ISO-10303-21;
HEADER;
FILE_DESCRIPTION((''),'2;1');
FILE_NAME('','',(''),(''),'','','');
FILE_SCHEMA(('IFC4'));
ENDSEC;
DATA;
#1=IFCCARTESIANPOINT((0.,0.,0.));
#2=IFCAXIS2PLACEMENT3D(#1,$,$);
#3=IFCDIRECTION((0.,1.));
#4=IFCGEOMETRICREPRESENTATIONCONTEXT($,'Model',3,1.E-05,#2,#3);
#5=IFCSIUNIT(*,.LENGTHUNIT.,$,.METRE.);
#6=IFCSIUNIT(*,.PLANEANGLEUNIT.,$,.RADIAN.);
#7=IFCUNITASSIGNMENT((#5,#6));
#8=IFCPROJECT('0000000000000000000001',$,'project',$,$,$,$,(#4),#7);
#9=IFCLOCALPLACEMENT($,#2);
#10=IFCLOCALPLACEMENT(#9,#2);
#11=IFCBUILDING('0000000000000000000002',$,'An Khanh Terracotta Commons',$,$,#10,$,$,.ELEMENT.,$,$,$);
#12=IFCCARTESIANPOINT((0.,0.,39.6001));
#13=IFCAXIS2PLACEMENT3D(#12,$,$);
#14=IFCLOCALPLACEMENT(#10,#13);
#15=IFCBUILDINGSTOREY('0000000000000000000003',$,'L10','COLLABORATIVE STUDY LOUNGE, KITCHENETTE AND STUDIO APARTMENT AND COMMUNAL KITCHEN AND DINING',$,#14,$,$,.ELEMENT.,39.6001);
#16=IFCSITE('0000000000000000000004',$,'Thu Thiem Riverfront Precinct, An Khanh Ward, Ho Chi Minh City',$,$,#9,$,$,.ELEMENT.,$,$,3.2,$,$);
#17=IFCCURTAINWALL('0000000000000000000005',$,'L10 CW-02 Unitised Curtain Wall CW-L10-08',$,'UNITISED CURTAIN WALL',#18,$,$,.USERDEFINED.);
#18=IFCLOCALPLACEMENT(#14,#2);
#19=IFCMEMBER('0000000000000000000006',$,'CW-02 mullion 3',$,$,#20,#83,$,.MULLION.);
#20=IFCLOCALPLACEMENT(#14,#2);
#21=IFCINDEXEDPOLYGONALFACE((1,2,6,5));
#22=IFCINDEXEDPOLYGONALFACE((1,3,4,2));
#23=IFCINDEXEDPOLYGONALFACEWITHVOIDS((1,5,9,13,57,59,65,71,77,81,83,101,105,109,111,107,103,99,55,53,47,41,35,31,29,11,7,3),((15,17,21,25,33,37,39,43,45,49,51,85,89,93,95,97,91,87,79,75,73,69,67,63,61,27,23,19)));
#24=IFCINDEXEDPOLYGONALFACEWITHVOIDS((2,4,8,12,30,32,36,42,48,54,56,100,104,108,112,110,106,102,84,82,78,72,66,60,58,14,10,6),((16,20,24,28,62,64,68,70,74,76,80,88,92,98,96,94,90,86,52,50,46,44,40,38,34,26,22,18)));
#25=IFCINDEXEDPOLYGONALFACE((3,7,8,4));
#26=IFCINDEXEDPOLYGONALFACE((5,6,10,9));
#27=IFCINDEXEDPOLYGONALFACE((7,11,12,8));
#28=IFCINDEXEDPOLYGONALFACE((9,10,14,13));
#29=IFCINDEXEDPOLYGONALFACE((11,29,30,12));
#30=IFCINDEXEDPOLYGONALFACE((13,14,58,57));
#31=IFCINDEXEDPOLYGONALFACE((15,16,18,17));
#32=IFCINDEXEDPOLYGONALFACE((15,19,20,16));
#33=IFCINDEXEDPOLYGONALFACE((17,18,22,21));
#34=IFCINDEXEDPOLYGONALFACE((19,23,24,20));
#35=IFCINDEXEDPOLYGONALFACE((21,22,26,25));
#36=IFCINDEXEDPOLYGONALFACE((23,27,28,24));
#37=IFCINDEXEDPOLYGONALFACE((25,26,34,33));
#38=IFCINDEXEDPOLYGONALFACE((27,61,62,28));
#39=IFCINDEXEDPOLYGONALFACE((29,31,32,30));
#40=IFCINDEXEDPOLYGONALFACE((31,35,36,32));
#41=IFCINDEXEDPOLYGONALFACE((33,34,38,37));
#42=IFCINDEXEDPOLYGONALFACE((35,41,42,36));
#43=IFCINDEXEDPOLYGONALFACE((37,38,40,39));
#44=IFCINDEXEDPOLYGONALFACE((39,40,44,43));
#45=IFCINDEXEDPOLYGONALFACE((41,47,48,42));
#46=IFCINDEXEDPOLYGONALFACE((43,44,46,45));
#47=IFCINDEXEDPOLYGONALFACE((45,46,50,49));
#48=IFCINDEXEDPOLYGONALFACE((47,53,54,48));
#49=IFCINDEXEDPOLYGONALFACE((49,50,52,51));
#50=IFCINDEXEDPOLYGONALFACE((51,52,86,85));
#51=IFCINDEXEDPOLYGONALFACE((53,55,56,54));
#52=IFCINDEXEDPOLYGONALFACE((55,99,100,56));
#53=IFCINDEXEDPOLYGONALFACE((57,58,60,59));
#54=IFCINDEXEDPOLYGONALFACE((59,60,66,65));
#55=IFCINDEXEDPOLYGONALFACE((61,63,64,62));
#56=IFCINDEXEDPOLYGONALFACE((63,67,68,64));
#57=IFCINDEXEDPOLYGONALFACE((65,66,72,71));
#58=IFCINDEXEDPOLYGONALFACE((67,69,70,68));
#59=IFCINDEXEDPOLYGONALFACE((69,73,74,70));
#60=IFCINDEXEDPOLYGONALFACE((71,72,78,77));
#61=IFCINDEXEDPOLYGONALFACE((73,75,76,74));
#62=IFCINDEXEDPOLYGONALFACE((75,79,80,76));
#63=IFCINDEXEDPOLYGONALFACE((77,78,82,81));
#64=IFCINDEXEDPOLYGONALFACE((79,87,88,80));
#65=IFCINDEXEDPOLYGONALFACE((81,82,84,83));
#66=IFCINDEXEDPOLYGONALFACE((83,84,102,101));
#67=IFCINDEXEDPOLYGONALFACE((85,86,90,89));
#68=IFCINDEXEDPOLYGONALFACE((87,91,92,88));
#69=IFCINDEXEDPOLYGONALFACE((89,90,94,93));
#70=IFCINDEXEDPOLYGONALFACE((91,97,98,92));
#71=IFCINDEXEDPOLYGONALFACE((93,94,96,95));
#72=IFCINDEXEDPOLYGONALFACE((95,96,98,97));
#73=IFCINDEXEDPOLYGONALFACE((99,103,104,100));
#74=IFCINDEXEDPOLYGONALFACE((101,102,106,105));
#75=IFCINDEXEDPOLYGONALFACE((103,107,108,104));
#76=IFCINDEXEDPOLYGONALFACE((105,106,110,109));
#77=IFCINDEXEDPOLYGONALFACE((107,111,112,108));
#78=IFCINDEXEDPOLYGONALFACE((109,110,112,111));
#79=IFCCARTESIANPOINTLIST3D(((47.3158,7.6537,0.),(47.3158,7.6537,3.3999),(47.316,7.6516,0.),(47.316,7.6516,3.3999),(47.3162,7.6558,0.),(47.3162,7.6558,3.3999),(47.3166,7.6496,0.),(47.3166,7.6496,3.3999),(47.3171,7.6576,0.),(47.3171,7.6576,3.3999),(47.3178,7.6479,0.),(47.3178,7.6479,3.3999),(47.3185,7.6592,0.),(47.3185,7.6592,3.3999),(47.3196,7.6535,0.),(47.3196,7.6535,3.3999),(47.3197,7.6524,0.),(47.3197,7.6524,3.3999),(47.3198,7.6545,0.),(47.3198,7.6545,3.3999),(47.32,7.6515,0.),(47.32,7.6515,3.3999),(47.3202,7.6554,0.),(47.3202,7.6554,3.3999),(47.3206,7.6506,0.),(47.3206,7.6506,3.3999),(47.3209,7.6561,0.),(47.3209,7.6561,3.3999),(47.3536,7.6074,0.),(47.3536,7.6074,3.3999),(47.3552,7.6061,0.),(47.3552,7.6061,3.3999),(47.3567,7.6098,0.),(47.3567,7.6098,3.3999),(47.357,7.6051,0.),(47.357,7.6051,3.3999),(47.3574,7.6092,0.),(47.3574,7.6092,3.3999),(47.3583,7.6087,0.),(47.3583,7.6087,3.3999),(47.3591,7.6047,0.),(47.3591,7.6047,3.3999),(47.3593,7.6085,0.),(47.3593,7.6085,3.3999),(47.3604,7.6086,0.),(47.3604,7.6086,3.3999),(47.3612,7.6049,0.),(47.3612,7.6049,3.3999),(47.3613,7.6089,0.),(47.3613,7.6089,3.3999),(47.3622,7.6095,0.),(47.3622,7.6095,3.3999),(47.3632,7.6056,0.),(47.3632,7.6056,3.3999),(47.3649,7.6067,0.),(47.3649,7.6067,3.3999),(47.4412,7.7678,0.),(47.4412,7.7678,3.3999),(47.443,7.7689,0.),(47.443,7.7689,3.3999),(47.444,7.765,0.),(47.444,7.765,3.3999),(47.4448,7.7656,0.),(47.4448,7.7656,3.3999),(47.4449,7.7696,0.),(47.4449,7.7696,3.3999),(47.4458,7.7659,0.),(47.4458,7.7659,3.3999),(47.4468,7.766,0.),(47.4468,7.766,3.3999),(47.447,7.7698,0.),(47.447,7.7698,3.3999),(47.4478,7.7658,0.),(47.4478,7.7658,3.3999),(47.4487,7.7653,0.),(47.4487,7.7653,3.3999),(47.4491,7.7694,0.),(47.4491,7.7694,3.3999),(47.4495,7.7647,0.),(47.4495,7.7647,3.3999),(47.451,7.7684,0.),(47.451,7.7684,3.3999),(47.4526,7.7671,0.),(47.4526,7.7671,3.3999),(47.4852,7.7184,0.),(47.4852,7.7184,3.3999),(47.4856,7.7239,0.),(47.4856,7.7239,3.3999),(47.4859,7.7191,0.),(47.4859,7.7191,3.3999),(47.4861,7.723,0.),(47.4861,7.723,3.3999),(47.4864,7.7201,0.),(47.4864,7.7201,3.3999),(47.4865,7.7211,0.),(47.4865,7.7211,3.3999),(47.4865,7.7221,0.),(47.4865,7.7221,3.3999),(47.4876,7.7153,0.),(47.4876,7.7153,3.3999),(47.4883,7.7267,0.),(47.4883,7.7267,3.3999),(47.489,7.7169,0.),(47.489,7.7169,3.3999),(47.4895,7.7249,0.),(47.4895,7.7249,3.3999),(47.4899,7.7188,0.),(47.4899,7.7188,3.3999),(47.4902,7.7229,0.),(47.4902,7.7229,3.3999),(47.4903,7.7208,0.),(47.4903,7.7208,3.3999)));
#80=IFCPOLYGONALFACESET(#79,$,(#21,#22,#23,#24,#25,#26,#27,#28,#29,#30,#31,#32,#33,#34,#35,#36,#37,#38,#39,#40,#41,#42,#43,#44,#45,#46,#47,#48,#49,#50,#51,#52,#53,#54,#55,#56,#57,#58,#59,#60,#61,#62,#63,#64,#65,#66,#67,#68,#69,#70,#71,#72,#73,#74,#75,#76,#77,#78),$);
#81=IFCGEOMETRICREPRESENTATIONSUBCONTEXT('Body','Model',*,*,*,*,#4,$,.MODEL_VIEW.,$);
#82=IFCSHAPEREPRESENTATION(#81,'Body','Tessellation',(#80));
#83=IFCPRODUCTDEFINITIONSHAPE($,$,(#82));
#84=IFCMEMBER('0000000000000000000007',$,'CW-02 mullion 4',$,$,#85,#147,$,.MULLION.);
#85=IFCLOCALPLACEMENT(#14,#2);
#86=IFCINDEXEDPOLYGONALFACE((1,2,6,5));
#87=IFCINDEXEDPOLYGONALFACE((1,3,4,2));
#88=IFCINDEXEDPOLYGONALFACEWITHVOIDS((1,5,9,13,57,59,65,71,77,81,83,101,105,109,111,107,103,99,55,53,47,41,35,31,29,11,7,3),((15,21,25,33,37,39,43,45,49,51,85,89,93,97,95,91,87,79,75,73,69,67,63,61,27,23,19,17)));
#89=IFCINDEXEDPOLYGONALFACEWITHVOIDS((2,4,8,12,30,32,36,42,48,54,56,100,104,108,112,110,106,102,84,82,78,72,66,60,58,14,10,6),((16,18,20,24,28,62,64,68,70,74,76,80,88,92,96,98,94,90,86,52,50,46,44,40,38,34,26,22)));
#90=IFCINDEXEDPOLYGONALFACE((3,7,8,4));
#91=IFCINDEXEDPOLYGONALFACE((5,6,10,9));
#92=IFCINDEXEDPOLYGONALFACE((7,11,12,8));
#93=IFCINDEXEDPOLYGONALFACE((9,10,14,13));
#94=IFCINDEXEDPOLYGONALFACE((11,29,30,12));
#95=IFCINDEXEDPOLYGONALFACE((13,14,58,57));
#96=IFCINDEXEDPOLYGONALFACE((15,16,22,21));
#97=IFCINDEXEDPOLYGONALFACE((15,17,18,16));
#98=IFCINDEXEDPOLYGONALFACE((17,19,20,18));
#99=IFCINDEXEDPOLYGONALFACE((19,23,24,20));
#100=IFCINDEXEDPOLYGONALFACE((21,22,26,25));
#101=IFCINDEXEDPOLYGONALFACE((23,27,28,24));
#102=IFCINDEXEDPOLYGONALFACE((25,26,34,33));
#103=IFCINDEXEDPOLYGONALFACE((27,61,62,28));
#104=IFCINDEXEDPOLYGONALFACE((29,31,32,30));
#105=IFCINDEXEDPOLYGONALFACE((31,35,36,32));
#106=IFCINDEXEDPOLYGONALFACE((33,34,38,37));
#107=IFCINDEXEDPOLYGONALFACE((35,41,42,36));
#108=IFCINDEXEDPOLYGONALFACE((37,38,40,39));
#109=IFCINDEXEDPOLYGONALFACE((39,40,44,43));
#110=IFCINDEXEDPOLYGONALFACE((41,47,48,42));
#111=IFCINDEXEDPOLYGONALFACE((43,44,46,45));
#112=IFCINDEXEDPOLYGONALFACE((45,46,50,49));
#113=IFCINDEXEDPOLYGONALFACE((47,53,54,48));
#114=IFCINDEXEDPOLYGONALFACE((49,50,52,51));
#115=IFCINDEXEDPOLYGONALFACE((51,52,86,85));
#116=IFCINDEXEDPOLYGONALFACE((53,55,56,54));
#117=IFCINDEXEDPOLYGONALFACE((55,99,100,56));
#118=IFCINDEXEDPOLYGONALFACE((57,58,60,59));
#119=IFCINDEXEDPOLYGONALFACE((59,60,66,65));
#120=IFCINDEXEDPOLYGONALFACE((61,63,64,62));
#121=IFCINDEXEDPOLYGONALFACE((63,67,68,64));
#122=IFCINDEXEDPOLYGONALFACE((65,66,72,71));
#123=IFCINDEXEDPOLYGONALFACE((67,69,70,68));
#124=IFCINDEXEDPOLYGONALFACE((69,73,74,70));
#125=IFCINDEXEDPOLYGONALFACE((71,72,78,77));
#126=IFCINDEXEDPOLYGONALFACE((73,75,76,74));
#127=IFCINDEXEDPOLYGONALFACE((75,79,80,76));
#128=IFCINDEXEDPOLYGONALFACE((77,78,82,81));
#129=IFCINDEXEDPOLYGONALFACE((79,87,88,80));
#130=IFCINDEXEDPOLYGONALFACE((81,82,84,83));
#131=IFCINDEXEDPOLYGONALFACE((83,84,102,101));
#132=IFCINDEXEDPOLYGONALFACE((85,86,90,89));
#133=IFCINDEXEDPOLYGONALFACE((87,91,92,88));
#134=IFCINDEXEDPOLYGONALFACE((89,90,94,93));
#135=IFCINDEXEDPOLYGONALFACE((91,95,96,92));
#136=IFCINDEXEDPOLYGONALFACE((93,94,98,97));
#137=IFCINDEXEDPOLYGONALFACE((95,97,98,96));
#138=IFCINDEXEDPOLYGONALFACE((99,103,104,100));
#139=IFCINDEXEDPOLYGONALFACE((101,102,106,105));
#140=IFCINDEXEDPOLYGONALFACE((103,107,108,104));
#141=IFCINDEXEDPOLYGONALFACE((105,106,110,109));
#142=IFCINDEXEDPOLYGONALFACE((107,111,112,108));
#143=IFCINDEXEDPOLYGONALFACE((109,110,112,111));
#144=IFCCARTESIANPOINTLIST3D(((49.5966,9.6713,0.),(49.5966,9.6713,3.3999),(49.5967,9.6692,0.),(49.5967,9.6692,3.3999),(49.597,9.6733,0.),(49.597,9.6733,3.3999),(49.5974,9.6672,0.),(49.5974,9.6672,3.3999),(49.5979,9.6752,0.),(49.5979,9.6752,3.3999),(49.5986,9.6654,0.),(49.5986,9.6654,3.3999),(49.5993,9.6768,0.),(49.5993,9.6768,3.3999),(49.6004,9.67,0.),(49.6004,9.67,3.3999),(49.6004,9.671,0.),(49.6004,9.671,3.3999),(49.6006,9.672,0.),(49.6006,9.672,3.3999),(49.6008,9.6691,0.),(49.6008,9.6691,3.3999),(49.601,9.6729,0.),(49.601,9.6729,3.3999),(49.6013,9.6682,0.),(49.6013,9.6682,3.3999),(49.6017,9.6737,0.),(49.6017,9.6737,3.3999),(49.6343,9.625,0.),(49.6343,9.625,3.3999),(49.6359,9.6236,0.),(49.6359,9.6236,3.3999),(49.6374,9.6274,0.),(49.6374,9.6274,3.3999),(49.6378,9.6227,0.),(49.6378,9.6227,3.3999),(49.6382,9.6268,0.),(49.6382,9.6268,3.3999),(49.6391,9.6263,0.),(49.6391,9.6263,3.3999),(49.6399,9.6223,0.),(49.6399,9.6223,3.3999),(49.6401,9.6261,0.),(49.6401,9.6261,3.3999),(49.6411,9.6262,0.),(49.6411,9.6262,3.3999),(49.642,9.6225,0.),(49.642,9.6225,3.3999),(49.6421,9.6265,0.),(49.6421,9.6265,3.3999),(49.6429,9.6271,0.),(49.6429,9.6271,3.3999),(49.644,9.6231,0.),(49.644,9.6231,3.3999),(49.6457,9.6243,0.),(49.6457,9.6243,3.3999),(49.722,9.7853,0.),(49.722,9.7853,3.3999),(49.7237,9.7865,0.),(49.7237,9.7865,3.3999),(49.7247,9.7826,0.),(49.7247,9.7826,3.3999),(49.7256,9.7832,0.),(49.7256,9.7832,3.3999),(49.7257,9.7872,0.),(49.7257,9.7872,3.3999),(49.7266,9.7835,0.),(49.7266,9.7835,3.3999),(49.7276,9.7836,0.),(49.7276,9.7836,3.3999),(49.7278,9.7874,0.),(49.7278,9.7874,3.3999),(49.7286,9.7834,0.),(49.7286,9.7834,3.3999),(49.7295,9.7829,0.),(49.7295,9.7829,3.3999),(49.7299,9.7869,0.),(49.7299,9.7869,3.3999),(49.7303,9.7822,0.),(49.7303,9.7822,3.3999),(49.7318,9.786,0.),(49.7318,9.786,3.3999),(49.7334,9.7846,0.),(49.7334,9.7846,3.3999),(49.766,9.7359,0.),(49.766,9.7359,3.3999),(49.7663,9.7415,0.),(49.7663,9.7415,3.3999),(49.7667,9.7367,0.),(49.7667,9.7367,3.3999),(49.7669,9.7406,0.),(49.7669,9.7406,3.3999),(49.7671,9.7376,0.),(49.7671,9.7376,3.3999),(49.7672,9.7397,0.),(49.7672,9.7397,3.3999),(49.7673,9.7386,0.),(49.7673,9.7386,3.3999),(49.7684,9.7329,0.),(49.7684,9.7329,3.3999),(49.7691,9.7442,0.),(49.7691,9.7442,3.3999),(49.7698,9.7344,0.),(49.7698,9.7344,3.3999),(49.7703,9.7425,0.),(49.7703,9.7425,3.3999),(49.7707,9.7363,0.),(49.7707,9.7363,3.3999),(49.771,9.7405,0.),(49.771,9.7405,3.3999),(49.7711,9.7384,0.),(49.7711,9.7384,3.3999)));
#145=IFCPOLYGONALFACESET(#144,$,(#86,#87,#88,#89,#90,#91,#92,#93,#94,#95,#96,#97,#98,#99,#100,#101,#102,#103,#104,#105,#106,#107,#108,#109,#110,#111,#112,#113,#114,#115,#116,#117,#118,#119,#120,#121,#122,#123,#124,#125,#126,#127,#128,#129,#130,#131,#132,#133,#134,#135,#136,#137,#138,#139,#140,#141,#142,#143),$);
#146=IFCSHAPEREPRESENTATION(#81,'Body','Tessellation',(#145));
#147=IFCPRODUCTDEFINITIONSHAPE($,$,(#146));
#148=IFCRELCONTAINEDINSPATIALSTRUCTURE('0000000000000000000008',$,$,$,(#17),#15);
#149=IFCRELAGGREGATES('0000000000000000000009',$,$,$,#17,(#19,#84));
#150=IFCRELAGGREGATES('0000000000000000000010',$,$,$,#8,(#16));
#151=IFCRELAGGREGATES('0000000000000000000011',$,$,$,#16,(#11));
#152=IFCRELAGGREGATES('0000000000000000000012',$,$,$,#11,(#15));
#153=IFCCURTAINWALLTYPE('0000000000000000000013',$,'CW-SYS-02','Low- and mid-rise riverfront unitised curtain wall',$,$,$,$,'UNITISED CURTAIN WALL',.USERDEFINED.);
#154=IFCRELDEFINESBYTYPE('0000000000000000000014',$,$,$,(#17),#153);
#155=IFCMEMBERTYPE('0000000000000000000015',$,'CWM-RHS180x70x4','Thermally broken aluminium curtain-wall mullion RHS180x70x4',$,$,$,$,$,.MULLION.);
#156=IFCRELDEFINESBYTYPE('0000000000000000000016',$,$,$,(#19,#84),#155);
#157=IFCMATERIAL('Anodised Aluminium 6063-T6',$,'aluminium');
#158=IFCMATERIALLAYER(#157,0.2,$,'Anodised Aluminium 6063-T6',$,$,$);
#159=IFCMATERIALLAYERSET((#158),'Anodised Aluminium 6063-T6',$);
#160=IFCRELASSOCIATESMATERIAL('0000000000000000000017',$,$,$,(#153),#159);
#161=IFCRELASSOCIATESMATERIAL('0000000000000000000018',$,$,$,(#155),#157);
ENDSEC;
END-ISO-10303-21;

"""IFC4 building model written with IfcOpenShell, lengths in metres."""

from ifc_helpers import new_model, si_unit, direction, frame, origin, origin_2d, place, context, subcontext, project, spatial, hollow_rectangle, extrude, material, layer, layer_set, material_profile, profile_set, type_object, element, aggregate, save


model = new_model("IFC4")

# Units and contexts
model_context = context("Model", 3, precision=1e-05, world=origin(), true_north=direction((0.0, 1.0)))
body_context = subcontext(model_context, "Body", "Model", "MODEL_VIEW")
ifc_project = project(units=[si_unit("LENGTHUNIT", "METRE"), si_unit("PLANEANGLEUNIT", "RADIAN")], contexts=[model_context])

# Site, building, storey
site_placement = place(None, origin())
site = spatial("IfcSite", under=ifc_project, at=site_placement, Name="Thu Thiem Riverfront Precinct, An Khanh Ward, Ho Chi Minh City", CompositionType="ELEMENT", RefElevation=3.2)
building_placement = place(site_placement, origin())
building = spatial("IfcBuilding", under=site, at=building_placement, Name="An Khanh Terracotta Commons", CompositionType="ELEMENT")
storey_placement = place(building_placement, frame((0.0, 0.0, 39.6001)))
storey = spatial("IfcBuildingStorey", under=building, at=storey_placement, Name="L10", Description="COLLABORATIVE STUDY LOUNGE, KITCHENETTE AND STUDIO APARTMENT AND COMMUNAL KITCHEN AND DINING", CompositionType="ELEMENT", Elevation=39.6001)

# Curtain wall, members
ifc_material_1 = material(Name="Anodised Aluminium 6063-T6", Category="aluminium")
ifc_layer_1 = layer(ifc_material_1, 0.2, Name="Anodised Aluminium 6063-T6")
ifc_layer_set_1 = layer_set([ifc_layer_1], Name="Anodised Aluminium 6063-T6")
curtain_wall_type = type_object("IfcCurtainWallType", Name="CW-SYS-02", Description="Low- and mid-rise riverfront unitised curtain wall", ElementType="UNITISED CURTAIN WALL", PredefinedType="USERDEFINED", material=ifc_layer_set_1)
curtain_wall_1_placement = place(storey_placement, origin())
curtain_wall_1 = element("IfcCurtainWall", 1, at=curtain_wall_1_placement, inside=storey, type_object=curtain_wall_type, Name="L10 CW-02 Unitised Curtain Wall CW-L10-08", ObjectType="UNITISED CURTAIN WALL", PredefinedType="USERDEFINED")
ifc_material_profile_1 = material_profile(ifc_material_1, hollow_rectangle(XDim=0.0701, YDim=0.1799, WallThickness=0.0039, InnerFilletRadius=0.0039, OuterFilletRadius=0.0081, at=origin_2d()), Name="RHS180x70x4")
ifc_profile_set_1 = profile_set([ifc_material_profile_1], Name="Anodised Aluminium 6063-T6")
member_type_1 = type_object("IfcMemberType", Name="CWM-RHS180x70x4", Description="Thermally broken aluminium curtain-wall mullion RHS180x70x4", PredefinedType="MULLION", material=ifc_profile_set_1)
member_1_placement = place(storey_placement, frame((47.4031, 7.6873, 0.0), z_axis=(0.0, 0.0, 1.0), x_axis=(-0.662548, 0.749019, 0.0)))
member_1 = element("IfcMember", 2, at=member_1_placement, type_object=member_type_1, Name="CW-02 mullion 3", PredefinedType="MULLION", context=body_context, shape_type="SweptSolid", body=[
    extrude(hollow_rectangle(XDim=0.0701, YDim=0.1799, WallThickness=0.0039, InnerFilletRadius=0.0039, OuterFilletRadius=0.0081, at=origin_2d()), origin(), (0.0, 0.0, 1.0), 3.3999),
])
member_2_placement = place(storey_placement, frame((49.6838, 9.7048, 0.0), z_axis=(0.0, 0.0, 1.0), x_axis=(-0.662548, 0.749019, 0.0)))
member_2 = element("IfcMember", 3, at=member_2_placement, type_object=member_type_1, Name="CW-02 mullion 4", PredefinedType="MULLION", context=body_context, shape_type="SweptSolid", body=[
    extrude(hollow_rectangle(XDim=0.0701, YDim=0.1799, WallThickness=0.0039, InnerFilletRadius=0.0039, OuterFilletRadius=0.0081, at=origin_2d()), origin(), (0.0, 0.0, 1.0), 3.3999),
])

aggregate(curtain_wall_1, [member_1, member_2])

save(model, "model.ifc")
